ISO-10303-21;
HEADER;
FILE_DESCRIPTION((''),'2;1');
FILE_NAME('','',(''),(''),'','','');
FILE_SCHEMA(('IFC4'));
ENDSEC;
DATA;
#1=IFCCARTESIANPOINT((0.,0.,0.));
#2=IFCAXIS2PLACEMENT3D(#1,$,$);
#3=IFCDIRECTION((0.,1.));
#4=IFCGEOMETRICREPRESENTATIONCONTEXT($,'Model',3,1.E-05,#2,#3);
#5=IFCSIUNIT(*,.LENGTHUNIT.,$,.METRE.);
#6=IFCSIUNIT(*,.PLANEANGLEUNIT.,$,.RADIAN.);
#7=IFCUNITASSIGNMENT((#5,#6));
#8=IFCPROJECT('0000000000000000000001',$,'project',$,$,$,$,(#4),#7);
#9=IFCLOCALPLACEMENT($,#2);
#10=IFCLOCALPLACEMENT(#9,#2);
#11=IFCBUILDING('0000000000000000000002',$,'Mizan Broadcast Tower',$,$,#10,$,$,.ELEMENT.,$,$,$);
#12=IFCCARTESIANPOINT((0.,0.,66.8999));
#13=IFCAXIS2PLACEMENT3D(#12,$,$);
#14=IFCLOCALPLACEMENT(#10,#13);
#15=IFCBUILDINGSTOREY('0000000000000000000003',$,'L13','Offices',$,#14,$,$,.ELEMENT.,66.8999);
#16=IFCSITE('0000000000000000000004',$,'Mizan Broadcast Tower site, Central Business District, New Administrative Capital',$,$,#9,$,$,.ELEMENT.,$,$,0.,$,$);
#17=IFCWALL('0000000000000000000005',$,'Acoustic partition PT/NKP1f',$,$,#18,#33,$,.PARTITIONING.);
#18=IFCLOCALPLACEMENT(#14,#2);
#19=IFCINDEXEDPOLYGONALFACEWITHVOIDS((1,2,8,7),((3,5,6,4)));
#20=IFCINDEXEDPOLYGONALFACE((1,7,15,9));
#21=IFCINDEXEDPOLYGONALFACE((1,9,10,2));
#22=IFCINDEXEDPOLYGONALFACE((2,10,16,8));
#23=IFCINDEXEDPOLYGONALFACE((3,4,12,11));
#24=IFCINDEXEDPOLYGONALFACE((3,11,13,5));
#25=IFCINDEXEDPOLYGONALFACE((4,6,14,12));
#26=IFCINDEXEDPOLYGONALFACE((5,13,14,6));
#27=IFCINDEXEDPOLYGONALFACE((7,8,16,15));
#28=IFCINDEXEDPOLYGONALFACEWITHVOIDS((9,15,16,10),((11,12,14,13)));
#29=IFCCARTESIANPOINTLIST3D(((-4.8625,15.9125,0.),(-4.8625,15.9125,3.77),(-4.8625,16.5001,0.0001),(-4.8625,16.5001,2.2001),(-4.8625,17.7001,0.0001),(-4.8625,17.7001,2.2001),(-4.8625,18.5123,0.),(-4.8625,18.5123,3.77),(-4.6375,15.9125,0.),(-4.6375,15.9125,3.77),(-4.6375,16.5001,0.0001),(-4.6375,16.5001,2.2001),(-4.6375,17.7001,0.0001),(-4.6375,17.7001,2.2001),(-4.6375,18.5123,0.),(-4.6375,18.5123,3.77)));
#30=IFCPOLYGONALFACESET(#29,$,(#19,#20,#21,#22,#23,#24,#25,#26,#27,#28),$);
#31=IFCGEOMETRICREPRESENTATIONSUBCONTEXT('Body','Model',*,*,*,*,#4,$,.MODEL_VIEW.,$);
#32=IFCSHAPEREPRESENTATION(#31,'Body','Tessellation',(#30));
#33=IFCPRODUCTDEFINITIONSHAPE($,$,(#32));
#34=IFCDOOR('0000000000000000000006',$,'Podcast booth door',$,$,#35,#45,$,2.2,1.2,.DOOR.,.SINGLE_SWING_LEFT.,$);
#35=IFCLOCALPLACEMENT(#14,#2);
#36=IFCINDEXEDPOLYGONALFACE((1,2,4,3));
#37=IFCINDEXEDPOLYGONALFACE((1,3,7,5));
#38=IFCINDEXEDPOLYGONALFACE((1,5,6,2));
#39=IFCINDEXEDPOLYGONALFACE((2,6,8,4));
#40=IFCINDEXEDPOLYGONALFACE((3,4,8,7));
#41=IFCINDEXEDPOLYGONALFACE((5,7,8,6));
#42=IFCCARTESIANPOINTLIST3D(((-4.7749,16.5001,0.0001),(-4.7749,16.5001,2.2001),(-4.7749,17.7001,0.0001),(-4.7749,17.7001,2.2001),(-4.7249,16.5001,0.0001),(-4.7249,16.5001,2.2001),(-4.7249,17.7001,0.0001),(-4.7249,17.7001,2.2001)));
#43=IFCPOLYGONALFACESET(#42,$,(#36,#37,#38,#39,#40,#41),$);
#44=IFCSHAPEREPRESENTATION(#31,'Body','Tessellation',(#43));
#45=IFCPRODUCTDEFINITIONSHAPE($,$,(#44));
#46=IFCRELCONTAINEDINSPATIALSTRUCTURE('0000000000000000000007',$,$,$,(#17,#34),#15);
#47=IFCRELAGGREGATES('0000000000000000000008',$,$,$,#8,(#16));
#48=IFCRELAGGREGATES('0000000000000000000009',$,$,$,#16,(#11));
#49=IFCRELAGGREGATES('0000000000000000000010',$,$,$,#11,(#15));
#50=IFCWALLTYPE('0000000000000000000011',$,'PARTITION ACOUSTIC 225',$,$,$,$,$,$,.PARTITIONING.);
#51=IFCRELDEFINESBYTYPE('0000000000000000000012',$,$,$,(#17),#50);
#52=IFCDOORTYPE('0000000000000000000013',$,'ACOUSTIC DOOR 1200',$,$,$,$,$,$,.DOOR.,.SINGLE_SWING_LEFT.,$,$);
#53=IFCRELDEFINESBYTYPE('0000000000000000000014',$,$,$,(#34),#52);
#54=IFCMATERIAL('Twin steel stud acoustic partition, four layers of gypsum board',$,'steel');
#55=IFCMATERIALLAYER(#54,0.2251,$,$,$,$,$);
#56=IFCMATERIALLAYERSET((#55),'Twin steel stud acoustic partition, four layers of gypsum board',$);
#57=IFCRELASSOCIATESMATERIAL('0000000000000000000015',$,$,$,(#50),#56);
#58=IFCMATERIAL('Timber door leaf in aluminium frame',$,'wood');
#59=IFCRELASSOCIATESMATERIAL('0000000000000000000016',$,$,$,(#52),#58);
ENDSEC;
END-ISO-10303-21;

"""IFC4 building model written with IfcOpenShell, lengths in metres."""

from ifc_helpers import new_model, si_unit, direction, frame, frame_2d, origin, place, context, subcontext, project, spatial, rectangle, extrude, material, layer, layer_set, type_object, element, fill, save


model = new_model("IFC4")

# Units and contexts
model_context = context("Model", 3, precision=1e-05, world=origin(), true_north=direction((0.0, 1.0)))
body_context = subcontext(model_context, "Body", "Model", "MODEL_VIEW")
ifc_project = project(units=[si_unit("LENGTHUNIT", "METRE"), si_unit("PLANEANGLEUNIT", "RADIAN")], contexts=[model_context])

# Site, building, storey
site_placement = place(None, origin())
site = spatial("IfcSite", under=ifc_project, at=site_placement, Name="Mizan Broadcast Tower site, Central Business District, New Administrative Capital", CompositionType="ELEMENT", RefElevation=0.0)
building_placement = place(site_placement, origin())
building = spatial("IfcBuilding", under=site, at=building_placement, Name="Mizan Broadcast Tower", CompositionType="ELEMENT")
storey_placement = place(building_placement, frame((0.0, 0.0, 66.8999)))
storey = spatial("IfcBuildingStorey", under=building, at=storey_placement, Name="L13", Description="Offices", CompositionType="ELEMENT", Elevation=66.8999)

# Shared definitions
ifc_material_1 = material(Name="Twin steel stud acoustic partition, four layers of gypsum board", Category="steel")
ifc_layer_1 = layer(ifc_material_1, 0.2251)
ifc_layer_set_1 = layer_set([ifc_layer_1], Name="Twin steel stud acoustic partition, four layers of gypsum board")
wall_type_1 = type_object("IfcWallType", Name="PARTITION ACOUSTIC 225", PredefinedType="PARTITIONING", material=ifc_layer_set_1)

# Shared definitions
ifc_material_2 = material(Name="Timber door leaf in aluminium frame", Category="wood")
door_type_1 = type_object("IfcDoorType", Name="ACOUSTIC DOOR 1200", OperationType="SINGLE_SWING_LEFT", PredefinedType="DOOR", material=ifc_material_2)

# Wall, opening, door
wall_1_placement = place(storey_placement, frame((-4.75, 15.9126, 0.0), z_axis=(0.0, 0.0, 1.0), x_axis=(0.0, 1.0, 0.0)))
wall_1 = element("IfcWall", 1, at=wall_1_placement, inside=storey, type_object=wall_type_1, Name="Acoustic partition PT/NKP1f", PredefinedType="PARTITIONING", context=body_context, shape_type="SweptSolid", body=[
    extrude(rectangle(XDim=2.5999, YDim=0.2251, at=frame_2d((1.2998, 0.0))), origin(), (0.0, 0.0, 1.0), 3.77),
])
opening_1_placement = place(wall_1_placement, frame((0.5874, 0.0, 0.0)))
opening_1 = element("IfcOpeningElement", 2, at=opening_1_placement, cuts=wall_1, PredefinedType="OPENING", context=body_context, shape_type="SweptSolid", body=[
    extrude(rectangle(XDim=1.2, YDim=2.2, at=frame_2d((0.6001, 1.1001))), frame((0.0, 0.1226, 0.0), z_axis=(0.0, -1.0, 0.0), x_axis=(1.0, 0.0, 0.0)), (0.0, 0.0, 1.0), 0.2451),
])
door_1_placement = place(opening_1_placement, origin())
door_1 = element("IfcDoor", 3, at=door_1_placement, inside=storey, type_object=door_type_1, Name="Podcast booth door", OperationType="SINGLE_SWING_LEFT", OverallHeight=2.2, OverallWidth=1.2, PredefinedType="DOOR", context=body_context, shape_type="SweptSolid", body=[
    extrude(rectangle(XDim=1.2, YDim=2.2, at=frame_2d((0.6001, 1.1001))), frame((0.0, 0.0249, 0.0), z_axis=(0.0, -1.0, 0.0), x_axis=(1.0, 0.0, 0.0)), (0.0, 0.0, 1.0), 0.05),
])
fill(opening_1, door_1)

save(model, "model.ifc")
